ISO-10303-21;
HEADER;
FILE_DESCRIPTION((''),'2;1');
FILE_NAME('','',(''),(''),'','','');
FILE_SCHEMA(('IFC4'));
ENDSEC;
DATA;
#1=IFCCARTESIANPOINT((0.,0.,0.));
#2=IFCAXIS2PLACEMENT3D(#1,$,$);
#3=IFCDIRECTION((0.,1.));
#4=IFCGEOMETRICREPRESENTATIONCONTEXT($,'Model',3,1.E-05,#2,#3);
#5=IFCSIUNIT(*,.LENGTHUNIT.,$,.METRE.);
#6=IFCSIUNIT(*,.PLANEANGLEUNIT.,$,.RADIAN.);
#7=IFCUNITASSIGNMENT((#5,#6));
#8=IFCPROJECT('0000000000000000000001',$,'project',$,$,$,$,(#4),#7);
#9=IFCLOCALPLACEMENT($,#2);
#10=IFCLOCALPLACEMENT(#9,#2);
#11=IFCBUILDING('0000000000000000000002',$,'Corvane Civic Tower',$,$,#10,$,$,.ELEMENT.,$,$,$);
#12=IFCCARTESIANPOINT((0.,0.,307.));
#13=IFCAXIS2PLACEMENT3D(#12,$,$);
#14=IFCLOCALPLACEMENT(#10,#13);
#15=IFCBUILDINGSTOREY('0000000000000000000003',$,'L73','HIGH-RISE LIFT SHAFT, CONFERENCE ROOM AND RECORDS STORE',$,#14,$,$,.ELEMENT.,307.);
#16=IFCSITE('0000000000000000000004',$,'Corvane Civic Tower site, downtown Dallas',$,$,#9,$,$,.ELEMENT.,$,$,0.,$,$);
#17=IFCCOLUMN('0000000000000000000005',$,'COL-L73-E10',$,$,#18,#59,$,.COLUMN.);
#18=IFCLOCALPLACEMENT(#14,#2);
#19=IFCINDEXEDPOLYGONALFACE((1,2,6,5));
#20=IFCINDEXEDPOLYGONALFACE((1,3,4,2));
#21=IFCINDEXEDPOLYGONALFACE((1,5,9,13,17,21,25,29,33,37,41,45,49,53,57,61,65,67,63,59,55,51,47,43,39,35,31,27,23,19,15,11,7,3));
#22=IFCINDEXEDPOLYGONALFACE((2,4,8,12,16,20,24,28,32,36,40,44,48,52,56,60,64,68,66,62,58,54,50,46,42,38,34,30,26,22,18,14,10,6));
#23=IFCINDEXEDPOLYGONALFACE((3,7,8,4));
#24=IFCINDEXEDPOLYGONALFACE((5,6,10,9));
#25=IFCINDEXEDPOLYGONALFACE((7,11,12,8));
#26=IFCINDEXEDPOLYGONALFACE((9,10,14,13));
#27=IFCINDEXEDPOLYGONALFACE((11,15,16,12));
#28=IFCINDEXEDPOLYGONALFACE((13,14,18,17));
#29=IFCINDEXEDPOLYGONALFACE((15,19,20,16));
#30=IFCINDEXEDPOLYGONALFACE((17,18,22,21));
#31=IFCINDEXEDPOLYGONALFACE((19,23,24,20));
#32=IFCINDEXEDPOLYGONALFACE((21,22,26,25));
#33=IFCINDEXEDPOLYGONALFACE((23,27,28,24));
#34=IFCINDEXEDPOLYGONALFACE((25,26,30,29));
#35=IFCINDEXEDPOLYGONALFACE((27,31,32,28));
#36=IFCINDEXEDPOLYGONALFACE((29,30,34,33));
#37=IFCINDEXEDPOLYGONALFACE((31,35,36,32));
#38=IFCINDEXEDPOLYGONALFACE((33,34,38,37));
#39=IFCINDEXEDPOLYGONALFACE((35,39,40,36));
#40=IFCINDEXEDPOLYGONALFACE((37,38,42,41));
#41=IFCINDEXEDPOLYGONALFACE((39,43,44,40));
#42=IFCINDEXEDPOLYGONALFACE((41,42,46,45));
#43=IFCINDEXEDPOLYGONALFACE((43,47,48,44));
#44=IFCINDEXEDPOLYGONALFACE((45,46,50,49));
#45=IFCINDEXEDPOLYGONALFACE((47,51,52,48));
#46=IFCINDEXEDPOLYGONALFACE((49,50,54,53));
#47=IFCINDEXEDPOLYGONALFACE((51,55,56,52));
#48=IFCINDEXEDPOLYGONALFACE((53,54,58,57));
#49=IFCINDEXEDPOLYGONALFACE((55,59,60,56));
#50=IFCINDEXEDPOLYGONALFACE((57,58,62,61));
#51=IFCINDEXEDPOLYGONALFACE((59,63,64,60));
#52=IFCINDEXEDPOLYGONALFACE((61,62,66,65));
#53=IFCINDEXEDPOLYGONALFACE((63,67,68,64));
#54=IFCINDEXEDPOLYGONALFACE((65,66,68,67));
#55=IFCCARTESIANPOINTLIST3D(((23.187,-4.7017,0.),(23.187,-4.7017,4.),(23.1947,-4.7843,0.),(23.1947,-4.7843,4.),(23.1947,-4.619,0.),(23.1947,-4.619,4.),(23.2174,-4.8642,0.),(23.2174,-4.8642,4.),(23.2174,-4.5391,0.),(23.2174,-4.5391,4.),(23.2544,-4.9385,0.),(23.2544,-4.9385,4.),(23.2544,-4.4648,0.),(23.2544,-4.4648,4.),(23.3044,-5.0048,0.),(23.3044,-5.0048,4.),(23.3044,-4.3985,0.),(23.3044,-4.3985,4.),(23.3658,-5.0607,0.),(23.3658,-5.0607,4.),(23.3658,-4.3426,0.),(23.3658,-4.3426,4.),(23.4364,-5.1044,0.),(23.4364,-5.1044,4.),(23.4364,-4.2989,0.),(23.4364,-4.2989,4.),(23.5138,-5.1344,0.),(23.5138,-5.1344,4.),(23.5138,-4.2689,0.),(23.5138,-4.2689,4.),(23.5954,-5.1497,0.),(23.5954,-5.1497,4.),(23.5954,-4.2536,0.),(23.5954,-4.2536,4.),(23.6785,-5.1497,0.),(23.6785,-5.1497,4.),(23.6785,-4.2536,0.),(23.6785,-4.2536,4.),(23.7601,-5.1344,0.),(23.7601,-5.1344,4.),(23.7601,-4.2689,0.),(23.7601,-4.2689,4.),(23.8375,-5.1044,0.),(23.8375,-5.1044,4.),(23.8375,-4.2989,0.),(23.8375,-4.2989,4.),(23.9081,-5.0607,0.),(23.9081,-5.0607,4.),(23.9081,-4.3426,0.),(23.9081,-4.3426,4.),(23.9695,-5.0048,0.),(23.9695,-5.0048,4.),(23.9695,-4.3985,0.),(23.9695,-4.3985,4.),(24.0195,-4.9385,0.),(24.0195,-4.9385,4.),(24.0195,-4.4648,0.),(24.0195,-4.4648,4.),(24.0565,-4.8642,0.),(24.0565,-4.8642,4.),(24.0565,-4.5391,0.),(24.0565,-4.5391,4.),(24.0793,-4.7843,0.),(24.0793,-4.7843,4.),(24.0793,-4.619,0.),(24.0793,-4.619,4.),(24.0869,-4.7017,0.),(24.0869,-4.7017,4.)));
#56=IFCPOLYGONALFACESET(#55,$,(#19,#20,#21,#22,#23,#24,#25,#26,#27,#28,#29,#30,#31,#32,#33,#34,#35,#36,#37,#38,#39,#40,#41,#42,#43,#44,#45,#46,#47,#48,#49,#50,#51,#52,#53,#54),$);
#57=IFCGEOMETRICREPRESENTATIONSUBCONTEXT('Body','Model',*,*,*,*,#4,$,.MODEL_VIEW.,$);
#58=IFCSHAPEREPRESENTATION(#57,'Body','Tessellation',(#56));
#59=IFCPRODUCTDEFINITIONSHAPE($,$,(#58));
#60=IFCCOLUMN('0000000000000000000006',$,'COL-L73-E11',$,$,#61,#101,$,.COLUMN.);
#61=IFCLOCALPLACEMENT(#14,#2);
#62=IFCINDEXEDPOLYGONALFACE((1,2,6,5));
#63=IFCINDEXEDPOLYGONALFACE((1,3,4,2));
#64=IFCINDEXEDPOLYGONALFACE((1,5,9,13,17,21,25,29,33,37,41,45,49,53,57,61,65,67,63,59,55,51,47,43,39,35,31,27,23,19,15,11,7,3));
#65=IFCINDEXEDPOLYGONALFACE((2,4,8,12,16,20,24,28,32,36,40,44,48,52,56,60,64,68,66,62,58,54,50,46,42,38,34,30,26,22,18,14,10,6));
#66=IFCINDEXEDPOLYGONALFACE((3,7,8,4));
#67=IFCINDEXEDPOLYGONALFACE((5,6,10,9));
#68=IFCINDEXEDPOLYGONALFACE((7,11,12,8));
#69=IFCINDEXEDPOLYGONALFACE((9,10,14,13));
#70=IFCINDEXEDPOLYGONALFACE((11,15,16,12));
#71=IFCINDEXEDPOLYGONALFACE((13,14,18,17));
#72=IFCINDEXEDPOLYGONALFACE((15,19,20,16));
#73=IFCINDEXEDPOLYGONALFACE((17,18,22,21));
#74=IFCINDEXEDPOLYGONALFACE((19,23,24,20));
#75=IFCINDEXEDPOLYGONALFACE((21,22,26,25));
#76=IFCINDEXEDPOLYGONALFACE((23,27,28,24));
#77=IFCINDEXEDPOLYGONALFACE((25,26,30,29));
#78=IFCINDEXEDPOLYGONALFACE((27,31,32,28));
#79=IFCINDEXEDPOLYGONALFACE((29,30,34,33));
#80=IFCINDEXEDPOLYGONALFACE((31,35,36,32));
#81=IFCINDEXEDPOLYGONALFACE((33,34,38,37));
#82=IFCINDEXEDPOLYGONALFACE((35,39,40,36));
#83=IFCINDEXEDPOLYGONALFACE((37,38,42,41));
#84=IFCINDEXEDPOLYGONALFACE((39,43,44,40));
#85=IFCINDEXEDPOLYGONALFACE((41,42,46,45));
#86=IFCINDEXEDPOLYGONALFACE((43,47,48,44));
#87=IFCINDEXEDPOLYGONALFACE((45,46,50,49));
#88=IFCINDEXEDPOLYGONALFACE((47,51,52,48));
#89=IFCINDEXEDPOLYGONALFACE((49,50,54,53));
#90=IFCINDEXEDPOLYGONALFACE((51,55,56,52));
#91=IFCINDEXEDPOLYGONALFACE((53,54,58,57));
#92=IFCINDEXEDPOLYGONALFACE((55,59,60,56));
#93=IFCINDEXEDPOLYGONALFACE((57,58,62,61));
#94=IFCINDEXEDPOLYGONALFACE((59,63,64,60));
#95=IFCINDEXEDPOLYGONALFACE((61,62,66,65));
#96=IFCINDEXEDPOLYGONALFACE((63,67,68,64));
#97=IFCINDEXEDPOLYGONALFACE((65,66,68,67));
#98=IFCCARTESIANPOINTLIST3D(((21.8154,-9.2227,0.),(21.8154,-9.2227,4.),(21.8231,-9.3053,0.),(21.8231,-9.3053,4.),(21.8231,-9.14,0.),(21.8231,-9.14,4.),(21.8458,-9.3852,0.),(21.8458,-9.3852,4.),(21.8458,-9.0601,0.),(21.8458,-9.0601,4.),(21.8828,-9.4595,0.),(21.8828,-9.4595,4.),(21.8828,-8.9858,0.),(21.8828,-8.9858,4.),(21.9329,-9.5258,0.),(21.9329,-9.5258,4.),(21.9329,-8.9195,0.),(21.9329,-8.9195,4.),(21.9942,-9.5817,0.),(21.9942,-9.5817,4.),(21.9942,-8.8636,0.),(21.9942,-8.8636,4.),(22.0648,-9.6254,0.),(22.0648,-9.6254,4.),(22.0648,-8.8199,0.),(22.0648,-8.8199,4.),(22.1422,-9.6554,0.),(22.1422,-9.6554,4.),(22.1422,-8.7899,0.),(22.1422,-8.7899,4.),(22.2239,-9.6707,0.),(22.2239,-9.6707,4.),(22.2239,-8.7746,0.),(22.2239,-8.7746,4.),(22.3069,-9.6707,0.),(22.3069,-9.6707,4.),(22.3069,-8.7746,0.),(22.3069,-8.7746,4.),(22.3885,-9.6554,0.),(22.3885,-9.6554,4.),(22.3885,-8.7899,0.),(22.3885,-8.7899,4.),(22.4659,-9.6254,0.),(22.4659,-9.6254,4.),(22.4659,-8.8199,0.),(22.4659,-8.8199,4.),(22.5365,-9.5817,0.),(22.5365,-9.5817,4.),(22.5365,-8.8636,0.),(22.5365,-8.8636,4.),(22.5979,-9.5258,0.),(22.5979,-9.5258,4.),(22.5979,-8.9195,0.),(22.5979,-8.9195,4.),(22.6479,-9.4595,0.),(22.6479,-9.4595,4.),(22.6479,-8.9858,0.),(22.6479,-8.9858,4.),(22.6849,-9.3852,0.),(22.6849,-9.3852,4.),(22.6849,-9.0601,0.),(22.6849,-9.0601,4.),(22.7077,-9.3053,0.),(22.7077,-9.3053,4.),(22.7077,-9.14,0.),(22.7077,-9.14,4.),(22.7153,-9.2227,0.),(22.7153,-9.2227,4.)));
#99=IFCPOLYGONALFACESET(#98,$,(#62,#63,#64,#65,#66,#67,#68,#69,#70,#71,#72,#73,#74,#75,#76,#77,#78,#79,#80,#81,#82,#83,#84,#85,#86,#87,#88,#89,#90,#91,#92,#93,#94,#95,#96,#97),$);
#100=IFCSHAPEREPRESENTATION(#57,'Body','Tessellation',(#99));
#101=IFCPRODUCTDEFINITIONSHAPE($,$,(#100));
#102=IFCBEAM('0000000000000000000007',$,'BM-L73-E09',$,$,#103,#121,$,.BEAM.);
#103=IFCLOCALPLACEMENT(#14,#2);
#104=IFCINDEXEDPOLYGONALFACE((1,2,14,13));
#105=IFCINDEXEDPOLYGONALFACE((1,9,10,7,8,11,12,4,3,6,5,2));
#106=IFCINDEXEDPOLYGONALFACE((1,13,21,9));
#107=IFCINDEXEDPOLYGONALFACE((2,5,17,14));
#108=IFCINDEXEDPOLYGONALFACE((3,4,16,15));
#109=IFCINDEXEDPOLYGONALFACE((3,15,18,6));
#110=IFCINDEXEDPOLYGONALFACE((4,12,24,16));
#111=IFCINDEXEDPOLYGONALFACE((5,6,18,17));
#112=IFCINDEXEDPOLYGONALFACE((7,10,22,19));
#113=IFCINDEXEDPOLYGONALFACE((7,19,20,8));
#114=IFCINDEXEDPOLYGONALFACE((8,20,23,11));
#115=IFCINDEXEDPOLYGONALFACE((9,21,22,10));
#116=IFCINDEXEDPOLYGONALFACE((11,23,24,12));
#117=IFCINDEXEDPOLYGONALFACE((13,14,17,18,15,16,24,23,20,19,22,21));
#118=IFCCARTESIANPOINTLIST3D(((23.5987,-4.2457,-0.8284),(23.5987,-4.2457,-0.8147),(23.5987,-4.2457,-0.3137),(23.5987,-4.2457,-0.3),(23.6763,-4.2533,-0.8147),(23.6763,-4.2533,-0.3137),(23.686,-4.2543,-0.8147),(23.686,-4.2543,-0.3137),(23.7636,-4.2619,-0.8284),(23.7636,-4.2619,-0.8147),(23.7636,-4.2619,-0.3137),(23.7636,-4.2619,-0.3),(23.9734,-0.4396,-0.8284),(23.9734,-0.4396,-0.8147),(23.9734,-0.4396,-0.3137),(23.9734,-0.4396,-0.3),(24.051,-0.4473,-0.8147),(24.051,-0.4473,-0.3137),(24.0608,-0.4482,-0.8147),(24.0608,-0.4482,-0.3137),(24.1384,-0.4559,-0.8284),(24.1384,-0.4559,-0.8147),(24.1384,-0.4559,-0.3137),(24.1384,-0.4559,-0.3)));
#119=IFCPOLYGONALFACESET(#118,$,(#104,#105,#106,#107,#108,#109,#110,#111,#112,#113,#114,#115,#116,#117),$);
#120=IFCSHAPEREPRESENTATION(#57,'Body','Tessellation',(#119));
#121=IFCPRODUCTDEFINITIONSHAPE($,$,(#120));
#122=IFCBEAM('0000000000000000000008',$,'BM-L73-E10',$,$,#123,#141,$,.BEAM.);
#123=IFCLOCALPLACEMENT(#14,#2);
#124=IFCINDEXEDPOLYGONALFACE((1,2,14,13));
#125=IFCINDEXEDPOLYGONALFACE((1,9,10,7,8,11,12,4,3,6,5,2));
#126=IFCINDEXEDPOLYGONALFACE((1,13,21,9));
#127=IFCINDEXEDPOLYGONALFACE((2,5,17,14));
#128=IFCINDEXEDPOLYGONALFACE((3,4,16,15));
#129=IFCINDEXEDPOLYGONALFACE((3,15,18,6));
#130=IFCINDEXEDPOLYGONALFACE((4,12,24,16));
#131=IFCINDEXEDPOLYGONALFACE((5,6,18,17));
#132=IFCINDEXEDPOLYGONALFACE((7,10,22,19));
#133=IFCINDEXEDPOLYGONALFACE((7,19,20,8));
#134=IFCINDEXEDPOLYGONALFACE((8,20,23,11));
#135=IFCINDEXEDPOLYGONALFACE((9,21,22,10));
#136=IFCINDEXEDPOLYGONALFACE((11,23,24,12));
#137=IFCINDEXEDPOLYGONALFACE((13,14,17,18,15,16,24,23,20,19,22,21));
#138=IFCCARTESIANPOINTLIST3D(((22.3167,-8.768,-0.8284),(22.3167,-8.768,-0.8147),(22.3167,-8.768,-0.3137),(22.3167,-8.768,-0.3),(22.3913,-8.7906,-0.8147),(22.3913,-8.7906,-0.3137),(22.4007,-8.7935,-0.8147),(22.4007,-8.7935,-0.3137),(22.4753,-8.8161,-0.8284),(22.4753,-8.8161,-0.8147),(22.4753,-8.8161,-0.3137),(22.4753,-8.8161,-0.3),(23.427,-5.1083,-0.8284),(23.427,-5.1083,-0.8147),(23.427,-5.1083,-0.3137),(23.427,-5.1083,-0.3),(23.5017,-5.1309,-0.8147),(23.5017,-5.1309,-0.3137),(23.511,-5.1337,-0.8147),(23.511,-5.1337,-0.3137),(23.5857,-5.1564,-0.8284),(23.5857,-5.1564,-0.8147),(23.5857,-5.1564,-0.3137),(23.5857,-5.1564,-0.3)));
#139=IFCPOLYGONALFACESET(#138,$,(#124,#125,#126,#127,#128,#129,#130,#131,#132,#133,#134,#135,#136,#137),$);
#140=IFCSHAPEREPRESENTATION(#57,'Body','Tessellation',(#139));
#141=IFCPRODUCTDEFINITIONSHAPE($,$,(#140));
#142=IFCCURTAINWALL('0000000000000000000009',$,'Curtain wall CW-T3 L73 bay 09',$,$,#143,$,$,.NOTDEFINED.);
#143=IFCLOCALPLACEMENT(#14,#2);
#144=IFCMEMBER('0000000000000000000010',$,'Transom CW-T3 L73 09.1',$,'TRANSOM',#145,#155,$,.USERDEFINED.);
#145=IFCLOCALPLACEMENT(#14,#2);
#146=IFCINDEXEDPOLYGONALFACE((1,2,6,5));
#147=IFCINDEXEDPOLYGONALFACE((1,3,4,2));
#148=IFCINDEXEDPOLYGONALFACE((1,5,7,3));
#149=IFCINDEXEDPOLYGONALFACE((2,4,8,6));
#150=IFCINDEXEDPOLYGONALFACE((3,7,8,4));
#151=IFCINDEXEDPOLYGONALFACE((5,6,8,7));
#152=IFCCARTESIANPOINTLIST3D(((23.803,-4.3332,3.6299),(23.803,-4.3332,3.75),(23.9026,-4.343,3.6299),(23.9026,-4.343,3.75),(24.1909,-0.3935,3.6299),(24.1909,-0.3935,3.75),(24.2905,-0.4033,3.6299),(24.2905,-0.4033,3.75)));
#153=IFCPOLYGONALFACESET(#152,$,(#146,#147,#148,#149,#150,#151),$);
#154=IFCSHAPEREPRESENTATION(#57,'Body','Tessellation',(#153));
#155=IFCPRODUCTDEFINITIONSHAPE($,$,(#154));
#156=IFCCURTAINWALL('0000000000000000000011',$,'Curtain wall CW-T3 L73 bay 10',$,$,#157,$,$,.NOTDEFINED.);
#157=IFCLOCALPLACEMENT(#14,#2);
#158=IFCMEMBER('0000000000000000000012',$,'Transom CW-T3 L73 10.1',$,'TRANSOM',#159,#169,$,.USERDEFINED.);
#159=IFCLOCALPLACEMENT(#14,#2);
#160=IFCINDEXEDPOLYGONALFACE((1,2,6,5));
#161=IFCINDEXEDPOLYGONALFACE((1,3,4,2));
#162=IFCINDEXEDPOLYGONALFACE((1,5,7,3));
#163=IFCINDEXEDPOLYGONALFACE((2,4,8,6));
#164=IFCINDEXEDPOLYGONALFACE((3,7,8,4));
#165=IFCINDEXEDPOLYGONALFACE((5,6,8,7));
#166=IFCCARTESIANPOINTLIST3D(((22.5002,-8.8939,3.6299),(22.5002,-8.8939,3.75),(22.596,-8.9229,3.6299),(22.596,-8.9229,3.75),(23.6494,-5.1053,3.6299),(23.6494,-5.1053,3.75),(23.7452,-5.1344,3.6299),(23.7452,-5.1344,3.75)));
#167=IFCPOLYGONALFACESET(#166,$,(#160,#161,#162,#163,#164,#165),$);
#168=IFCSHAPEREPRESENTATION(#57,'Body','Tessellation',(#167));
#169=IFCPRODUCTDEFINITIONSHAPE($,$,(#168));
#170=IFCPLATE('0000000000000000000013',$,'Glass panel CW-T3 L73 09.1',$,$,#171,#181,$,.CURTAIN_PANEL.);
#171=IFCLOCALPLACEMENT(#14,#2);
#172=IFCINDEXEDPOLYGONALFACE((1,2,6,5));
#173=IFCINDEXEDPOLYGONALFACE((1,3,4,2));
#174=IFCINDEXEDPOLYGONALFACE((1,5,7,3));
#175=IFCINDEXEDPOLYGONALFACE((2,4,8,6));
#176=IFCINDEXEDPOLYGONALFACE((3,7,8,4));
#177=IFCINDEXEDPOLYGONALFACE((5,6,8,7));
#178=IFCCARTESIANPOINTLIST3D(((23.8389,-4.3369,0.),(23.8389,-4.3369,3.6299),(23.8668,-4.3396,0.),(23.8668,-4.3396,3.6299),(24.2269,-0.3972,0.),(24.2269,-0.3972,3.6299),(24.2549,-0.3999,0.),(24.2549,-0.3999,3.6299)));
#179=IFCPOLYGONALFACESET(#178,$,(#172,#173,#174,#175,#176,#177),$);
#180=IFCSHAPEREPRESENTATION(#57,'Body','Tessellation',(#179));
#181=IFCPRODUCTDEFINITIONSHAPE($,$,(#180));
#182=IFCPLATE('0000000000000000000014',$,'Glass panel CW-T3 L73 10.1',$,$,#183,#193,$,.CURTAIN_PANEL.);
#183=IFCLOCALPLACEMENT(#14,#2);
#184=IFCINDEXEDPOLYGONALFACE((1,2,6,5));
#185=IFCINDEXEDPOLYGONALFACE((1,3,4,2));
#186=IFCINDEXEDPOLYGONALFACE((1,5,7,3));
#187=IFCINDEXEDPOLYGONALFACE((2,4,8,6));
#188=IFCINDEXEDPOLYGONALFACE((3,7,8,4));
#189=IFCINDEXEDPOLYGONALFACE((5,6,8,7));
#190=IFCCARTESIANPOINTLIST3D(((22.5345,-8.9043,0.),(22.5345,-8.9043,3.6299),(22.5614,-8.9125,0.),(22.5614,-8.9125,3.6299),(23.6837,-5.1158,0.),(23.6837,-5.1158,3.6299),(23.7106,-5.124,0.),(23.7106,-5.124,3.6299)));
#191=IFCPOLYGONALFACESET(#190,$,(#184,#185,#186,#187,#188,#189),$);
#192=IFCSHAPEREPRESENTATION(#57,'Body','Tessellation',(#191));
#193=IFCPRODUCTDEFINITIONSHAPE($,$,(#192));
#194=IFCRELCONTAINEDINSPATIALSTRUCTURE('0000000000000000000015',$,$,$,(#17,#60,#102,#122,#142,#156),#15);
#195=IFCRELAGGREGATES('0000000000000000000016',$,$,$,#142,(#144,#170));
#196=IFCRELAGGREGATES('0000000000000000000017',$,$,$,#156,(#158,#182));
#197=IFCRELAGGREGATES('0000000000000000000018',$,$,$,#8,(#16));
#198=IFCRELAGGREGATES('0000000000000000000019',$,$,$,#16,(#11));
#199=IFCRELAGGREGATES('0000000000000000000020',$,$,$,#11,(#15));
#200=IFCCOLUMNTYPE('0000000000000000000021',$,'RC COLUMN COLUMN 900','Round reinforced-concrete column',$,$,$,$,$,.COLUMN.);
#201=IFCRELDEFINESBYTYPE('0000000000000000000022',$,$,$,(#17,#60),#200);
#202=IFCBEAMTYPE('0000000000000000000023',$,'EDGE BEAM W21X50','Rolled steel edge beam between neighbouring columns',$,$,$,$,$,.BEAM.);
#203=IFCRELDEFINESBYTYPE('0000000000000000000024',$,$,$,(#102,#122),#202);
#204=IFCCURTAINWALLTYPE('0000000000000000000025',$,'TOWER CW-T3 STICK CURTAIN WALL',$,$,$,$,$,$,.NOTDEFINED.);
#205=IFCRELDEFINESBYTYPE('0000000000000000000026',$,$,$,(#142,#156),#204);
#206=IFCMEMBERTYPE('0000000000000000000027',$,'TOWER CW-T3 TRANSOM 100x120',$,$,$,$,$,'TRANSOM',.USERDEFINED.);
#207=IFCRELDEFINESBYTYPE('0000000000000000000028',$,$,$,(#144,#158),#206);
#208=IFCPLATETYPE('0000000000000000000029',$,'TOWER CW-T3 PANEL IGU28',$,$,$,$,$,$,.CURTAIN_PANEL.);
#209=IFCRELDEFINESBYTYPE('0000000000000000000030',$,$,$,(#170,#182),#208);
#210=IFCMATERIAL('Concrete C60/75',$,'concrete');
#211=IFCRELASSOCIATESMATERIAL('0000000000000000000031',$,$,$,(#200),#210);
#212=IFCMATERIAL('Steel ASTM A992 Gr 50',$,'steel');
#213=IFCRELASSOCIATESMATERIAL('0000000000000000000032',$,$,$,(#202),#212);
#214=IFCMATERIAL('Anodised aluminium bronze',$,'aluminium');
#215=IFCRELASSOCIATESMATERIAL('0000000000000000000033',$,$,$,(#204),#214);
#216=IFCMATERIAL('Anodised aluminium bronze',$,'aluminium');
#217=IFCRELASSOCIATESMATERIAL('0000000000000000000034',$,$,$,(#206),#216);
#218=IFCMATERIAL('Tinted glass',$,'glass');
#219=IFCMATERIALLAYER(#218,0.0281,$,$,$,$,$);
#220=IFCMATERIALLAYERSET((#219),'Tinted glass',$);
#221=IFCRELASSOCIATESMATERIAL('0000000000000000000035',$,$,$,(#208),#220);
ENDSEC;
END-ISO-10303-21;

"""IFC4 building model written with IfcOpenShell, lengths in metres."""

from ifc_helpers import new_model, si_unit, direction, frame, origin, origin_2d, place, context, subcontext, project, spatial, rectangle, circle, i_section, extrude, material, layer, layer_set, material_profile, profile_set, type_object, element, aggregate, save


model = new_model("IFC4")

# Units and contexts
model_context = context("Model", 3, precision=1e-05, world=origin(), true_north=direction((0.0, 1.0)))
body_context = subcontext(model_context, "Body", "Model", "MODEL_VIEW")
ifc_project = project(units=[si_unit("LENGTHUNIT", "METRE"), si_unit("PLANEANGLEUNIT", "RADIAN")], contexts=[model_context])

# Site, building, storey
site_placement = place(None, origin())
site = spatial("IfcSite", under=ifc_project, at=site_placement, Name="Corvane Civic Tower site, downtown Dallas", CompositionType="ELEMENT", RefElevation=0.0)
building_placement = place(site_placement, origin())
building = spatial("IfcBuilding", under=site, at=building_placement, Name="Corvane Civic Tower", CompositionType="ELEMENT")
storey_placement = place(building_placement, frame((0.0, 0.0, 307.0)))
storey = spatial("IfcBuildingStorey", under=building, at=storey_placement, Name="L73", Description="HIGH-RISE LIFT SHAFT, CONFERENCE ROOM AND RECORDS STORE", CompositionType="ELEMENT", Elevation=307.0)

# Columns
ifc_material_1 = material(Name="Concrete C60/75", Category="concrete")
ifc_material_profile_1 = material_profile(ifc_material_1, circle(Radius=0.45, at=origin_2d()), Name="COLUMN 900")
ifc_profile_set_1 = profile_set([ifc_material_profile_1], Name="Concrete C60/75")
column_type = type_object("IfcColumnType", Name="RC COLUMN COLUMN 900", Description="Round reinforced-concrete column", PredefinedType="COLUMN", material=ifc_profile_set_1)
for number, where, z_axis, x_axis, name in (
    (1, (23.637, -4.7017, 0.0), (0.0, 0.0, 1.0), (1.0, 0.0, 0.0), "COL-L73-E10"),
    (2, (22.2654, -9.2227, 0.0), (0.0, 0.0, 1.0), (1.0, 0.0, 0.0), "COL-L73-E11"),
):
    element("IfcColumn", number, at=place(storey_placement, frame(where, z_axis=z_axis, x_axis=x_axis)), inside=storey, type_object=column_type, Name=name, PredefinedType="COLUMN", context=body_context, shape_type="SweptSolid", body=[
        extrude(circle(Radius=0.45, at=origin_2d()), origin(), (0.0, 0.0, 1.0), 4.0),
    ])

# Beams
ifc_material_2 = material(Name="Steel ASTM A992 Gr 50", Category="steel")
ifc_material_profile_2 = material_profile(ifc_material_2, i_section(OverallWidth=0.1658, OverallDepth=0.5283, WebThickness=0.0098, FlangeThickness=0.0137, at=origin_2d()), Name="W21X50")
ifc_profile_set_2 = profile_set([ifc_material_profile_2], Name="Steel ASTM A992 Gr 50")
beam_type = type_object("IfcBeamType", Name="EDGE BEAM W21X50", Description="Rolled steel edge beam between neighbouring columns", PredefinedType="BEAM", material=ifc_profile_set_2)
for number, where, z_axis, x_axis, name in (
    (3, (24.0559, -0.4478, -0.5642), (-0.097987, -0.995188, 0.0), (0.995188, -0.097987, 0.0), "BM-L73-E09"),
    (4, (23.5063, -5.1323, -0.5642), (-0.290333, -0.956926, 0.0), (0.956926, -0.290333, 0.0), "BM-L73-E10"),
):
    element("IfcBeam", number, at=place(storey_placement, frame(where, z_axis=z_axis, x_axis=x_axis)), inside=storey, type_object=beam_type, Name=name, PredefinedType="BEAM", context=body_context, shape_type="SweptSolid", body=[
        extrude(i_section(OverallWidth=0.1658, OverallDepth=0.5283, WebThickness=0.0098, FlangeThickness=0.0137, at=origin_2d()), origin(), (0.0, 0.0, 1.0), 3.8245),
    ])

# Curtain walls, members
ifc_material_3 = material(Name="Anodised aluminium bronze", Category="aluminium")
curtain_wall_type = type_object("IfcCurtainWallType", Name="TOWER CW-T3 STICK CURTAIN WALL", PredefinedType="NOTDEFINED", material=ifc_material_3)
curtain_wall_1_placement = place(storey_placement, origin())
curtain_wall_1 = element("IfcCurtainWall", 5, at=curtain_wall_1_placement, inside=storey, type_object=curtain_wall_type, Name="Curtain wall CW-T3 L73 bay 09", PredefinedType="NOTDEFINED")
ifc_material_4 = material(Name="Anodised aluminium bronze", Category="aluminium")
ifc_material_profile_3 = material_profile(ifc_material_4, rectangle(XDim=0.1001, YDim=0.1201, at=origin_2d()), Name="TOWER CW-T3 TRANSOM 100x120")
ifc_profile_set_3 = profile_set([ifc_material_profile_3], Name="Anodised aluminium bronze")
member_type = type_object("IfcMemberType", Name="TOWER CW-T3 TRANSOM 100x120", ElementType="TRANSOM", PredefinedType="USERDEFINED", material=ifc_profile_set_3)
member_1_placement = place(storey_placement, frame((24.2407, -0.3984, 3.6899), z_axis=(-0.097995, -0.995187, 0.0), x_axis=(0.995187, -0.097995, 0.0)))
member_1 = element("IfcMember", 6, at=member_1_placement, type_object=member_type, Name="Transom CW-T3 L73 09.1", ObjectType="TRANSOM", PredefinedType="USERDEFINED", context=body_context, shape_type="SweptSolid", body=[
    extrude(rectangle(XDim=0.1001, YDim=0.1201, at=origin_2d()), origin(), (0.0, 0.0, 1.0), 3.9587),
])
curtain_wall_2_placement = place(storey_placement, origin())
curtain_wall_2 = element("IfcCurtainWall", 7, at=curtain_wall_2_placement, inside=storey, type_object=curtain_wall_type, Name="Curtain wall CW-T3 L73 bay 10", PredefinedType="NOTDEFINED")
member_2_placement = place(storey_placement, frame((23.6973, -5.1199, 3.6899), z_axis=(-0.290266, -0.956946, 0.0), x_axis=(0.956946, -0.290266, 0.0)))
member_2 = element("IfcMember", 8, at=member_2_placement, type_object=member_type, Name="Transom CW-T3 L73 10.1", ObjectType="TRANSOM", PredefinedType="USERDEFINED", context=body_context, shape_type="SweptSolid", body=[
    extrude(rectangle(XDim=0.1001, YDim=0.1201, at=origin_2d()), origin(), (0.0, 0.0, 1.0), 3.959),
])

# Plates
ifc_material_5 = material(Name="Tinted glass", Category="glass")
ifc_layer_1 = layer(ifc_material_5, 0.0281)
ifc_layer_set_1 = layer_set([ifc_layer_1], Name="Tinted glass")
plate_type = type_object("IfcPlateType", Name="TOWER CW-T3 PANEL IGU28", PredefinedType="CURTAIN_PANEL", material=ifc_layer_set_1)
plate_1_placement = place(storey_placement, frame((24.0469, -2.3684, 0.0), z_axis=(0.0, 0.0, 1.0), x_axis=(-0.098021, -0.995184, 0.0)))
plate_1 = element("IfcPlate", 9, at=plate_1_placement, type_object=plate_type, Name="Glass panel CW-T3 L73 09.1", PredefinedType="CURTAIN_PANEL", context=body_context, shape_type="SweptSolid", body=[
    extrude(rectangle(XDim=3.9587, YDim=0.0281, at=origin_2d()), origin(), (0.0, 0.0, 1.0), 3.6299),
])
aggregate(curtain_wall_1, [member_1, plate_1])
plate_2_placement = place(storey_placement, frame((23.1226, -7.0142, 0.0), z_axis=(0.0, 0.0, 1.0), x_axis=(-0.290274, -0.956944, 0.0)))
plate_2 = element("IfcPlate", 10, at=plate_2_placement, type_object=plate_type, Name="Glass panel CW-T3 L73 10.1", PredefinedType="CURTAIN_PANEL", context=body_context, shape_type="SweptSolid", body=[
    extrude(rectangle(XDim=3.959, YDim=0.0281, at=origin_2d()), origin(), (0.0, 0.0, 1.0), 3.6299),
])
aggregate(curtain_wall_2, [member_2, plate_2])

save(model, "model.ifc")
